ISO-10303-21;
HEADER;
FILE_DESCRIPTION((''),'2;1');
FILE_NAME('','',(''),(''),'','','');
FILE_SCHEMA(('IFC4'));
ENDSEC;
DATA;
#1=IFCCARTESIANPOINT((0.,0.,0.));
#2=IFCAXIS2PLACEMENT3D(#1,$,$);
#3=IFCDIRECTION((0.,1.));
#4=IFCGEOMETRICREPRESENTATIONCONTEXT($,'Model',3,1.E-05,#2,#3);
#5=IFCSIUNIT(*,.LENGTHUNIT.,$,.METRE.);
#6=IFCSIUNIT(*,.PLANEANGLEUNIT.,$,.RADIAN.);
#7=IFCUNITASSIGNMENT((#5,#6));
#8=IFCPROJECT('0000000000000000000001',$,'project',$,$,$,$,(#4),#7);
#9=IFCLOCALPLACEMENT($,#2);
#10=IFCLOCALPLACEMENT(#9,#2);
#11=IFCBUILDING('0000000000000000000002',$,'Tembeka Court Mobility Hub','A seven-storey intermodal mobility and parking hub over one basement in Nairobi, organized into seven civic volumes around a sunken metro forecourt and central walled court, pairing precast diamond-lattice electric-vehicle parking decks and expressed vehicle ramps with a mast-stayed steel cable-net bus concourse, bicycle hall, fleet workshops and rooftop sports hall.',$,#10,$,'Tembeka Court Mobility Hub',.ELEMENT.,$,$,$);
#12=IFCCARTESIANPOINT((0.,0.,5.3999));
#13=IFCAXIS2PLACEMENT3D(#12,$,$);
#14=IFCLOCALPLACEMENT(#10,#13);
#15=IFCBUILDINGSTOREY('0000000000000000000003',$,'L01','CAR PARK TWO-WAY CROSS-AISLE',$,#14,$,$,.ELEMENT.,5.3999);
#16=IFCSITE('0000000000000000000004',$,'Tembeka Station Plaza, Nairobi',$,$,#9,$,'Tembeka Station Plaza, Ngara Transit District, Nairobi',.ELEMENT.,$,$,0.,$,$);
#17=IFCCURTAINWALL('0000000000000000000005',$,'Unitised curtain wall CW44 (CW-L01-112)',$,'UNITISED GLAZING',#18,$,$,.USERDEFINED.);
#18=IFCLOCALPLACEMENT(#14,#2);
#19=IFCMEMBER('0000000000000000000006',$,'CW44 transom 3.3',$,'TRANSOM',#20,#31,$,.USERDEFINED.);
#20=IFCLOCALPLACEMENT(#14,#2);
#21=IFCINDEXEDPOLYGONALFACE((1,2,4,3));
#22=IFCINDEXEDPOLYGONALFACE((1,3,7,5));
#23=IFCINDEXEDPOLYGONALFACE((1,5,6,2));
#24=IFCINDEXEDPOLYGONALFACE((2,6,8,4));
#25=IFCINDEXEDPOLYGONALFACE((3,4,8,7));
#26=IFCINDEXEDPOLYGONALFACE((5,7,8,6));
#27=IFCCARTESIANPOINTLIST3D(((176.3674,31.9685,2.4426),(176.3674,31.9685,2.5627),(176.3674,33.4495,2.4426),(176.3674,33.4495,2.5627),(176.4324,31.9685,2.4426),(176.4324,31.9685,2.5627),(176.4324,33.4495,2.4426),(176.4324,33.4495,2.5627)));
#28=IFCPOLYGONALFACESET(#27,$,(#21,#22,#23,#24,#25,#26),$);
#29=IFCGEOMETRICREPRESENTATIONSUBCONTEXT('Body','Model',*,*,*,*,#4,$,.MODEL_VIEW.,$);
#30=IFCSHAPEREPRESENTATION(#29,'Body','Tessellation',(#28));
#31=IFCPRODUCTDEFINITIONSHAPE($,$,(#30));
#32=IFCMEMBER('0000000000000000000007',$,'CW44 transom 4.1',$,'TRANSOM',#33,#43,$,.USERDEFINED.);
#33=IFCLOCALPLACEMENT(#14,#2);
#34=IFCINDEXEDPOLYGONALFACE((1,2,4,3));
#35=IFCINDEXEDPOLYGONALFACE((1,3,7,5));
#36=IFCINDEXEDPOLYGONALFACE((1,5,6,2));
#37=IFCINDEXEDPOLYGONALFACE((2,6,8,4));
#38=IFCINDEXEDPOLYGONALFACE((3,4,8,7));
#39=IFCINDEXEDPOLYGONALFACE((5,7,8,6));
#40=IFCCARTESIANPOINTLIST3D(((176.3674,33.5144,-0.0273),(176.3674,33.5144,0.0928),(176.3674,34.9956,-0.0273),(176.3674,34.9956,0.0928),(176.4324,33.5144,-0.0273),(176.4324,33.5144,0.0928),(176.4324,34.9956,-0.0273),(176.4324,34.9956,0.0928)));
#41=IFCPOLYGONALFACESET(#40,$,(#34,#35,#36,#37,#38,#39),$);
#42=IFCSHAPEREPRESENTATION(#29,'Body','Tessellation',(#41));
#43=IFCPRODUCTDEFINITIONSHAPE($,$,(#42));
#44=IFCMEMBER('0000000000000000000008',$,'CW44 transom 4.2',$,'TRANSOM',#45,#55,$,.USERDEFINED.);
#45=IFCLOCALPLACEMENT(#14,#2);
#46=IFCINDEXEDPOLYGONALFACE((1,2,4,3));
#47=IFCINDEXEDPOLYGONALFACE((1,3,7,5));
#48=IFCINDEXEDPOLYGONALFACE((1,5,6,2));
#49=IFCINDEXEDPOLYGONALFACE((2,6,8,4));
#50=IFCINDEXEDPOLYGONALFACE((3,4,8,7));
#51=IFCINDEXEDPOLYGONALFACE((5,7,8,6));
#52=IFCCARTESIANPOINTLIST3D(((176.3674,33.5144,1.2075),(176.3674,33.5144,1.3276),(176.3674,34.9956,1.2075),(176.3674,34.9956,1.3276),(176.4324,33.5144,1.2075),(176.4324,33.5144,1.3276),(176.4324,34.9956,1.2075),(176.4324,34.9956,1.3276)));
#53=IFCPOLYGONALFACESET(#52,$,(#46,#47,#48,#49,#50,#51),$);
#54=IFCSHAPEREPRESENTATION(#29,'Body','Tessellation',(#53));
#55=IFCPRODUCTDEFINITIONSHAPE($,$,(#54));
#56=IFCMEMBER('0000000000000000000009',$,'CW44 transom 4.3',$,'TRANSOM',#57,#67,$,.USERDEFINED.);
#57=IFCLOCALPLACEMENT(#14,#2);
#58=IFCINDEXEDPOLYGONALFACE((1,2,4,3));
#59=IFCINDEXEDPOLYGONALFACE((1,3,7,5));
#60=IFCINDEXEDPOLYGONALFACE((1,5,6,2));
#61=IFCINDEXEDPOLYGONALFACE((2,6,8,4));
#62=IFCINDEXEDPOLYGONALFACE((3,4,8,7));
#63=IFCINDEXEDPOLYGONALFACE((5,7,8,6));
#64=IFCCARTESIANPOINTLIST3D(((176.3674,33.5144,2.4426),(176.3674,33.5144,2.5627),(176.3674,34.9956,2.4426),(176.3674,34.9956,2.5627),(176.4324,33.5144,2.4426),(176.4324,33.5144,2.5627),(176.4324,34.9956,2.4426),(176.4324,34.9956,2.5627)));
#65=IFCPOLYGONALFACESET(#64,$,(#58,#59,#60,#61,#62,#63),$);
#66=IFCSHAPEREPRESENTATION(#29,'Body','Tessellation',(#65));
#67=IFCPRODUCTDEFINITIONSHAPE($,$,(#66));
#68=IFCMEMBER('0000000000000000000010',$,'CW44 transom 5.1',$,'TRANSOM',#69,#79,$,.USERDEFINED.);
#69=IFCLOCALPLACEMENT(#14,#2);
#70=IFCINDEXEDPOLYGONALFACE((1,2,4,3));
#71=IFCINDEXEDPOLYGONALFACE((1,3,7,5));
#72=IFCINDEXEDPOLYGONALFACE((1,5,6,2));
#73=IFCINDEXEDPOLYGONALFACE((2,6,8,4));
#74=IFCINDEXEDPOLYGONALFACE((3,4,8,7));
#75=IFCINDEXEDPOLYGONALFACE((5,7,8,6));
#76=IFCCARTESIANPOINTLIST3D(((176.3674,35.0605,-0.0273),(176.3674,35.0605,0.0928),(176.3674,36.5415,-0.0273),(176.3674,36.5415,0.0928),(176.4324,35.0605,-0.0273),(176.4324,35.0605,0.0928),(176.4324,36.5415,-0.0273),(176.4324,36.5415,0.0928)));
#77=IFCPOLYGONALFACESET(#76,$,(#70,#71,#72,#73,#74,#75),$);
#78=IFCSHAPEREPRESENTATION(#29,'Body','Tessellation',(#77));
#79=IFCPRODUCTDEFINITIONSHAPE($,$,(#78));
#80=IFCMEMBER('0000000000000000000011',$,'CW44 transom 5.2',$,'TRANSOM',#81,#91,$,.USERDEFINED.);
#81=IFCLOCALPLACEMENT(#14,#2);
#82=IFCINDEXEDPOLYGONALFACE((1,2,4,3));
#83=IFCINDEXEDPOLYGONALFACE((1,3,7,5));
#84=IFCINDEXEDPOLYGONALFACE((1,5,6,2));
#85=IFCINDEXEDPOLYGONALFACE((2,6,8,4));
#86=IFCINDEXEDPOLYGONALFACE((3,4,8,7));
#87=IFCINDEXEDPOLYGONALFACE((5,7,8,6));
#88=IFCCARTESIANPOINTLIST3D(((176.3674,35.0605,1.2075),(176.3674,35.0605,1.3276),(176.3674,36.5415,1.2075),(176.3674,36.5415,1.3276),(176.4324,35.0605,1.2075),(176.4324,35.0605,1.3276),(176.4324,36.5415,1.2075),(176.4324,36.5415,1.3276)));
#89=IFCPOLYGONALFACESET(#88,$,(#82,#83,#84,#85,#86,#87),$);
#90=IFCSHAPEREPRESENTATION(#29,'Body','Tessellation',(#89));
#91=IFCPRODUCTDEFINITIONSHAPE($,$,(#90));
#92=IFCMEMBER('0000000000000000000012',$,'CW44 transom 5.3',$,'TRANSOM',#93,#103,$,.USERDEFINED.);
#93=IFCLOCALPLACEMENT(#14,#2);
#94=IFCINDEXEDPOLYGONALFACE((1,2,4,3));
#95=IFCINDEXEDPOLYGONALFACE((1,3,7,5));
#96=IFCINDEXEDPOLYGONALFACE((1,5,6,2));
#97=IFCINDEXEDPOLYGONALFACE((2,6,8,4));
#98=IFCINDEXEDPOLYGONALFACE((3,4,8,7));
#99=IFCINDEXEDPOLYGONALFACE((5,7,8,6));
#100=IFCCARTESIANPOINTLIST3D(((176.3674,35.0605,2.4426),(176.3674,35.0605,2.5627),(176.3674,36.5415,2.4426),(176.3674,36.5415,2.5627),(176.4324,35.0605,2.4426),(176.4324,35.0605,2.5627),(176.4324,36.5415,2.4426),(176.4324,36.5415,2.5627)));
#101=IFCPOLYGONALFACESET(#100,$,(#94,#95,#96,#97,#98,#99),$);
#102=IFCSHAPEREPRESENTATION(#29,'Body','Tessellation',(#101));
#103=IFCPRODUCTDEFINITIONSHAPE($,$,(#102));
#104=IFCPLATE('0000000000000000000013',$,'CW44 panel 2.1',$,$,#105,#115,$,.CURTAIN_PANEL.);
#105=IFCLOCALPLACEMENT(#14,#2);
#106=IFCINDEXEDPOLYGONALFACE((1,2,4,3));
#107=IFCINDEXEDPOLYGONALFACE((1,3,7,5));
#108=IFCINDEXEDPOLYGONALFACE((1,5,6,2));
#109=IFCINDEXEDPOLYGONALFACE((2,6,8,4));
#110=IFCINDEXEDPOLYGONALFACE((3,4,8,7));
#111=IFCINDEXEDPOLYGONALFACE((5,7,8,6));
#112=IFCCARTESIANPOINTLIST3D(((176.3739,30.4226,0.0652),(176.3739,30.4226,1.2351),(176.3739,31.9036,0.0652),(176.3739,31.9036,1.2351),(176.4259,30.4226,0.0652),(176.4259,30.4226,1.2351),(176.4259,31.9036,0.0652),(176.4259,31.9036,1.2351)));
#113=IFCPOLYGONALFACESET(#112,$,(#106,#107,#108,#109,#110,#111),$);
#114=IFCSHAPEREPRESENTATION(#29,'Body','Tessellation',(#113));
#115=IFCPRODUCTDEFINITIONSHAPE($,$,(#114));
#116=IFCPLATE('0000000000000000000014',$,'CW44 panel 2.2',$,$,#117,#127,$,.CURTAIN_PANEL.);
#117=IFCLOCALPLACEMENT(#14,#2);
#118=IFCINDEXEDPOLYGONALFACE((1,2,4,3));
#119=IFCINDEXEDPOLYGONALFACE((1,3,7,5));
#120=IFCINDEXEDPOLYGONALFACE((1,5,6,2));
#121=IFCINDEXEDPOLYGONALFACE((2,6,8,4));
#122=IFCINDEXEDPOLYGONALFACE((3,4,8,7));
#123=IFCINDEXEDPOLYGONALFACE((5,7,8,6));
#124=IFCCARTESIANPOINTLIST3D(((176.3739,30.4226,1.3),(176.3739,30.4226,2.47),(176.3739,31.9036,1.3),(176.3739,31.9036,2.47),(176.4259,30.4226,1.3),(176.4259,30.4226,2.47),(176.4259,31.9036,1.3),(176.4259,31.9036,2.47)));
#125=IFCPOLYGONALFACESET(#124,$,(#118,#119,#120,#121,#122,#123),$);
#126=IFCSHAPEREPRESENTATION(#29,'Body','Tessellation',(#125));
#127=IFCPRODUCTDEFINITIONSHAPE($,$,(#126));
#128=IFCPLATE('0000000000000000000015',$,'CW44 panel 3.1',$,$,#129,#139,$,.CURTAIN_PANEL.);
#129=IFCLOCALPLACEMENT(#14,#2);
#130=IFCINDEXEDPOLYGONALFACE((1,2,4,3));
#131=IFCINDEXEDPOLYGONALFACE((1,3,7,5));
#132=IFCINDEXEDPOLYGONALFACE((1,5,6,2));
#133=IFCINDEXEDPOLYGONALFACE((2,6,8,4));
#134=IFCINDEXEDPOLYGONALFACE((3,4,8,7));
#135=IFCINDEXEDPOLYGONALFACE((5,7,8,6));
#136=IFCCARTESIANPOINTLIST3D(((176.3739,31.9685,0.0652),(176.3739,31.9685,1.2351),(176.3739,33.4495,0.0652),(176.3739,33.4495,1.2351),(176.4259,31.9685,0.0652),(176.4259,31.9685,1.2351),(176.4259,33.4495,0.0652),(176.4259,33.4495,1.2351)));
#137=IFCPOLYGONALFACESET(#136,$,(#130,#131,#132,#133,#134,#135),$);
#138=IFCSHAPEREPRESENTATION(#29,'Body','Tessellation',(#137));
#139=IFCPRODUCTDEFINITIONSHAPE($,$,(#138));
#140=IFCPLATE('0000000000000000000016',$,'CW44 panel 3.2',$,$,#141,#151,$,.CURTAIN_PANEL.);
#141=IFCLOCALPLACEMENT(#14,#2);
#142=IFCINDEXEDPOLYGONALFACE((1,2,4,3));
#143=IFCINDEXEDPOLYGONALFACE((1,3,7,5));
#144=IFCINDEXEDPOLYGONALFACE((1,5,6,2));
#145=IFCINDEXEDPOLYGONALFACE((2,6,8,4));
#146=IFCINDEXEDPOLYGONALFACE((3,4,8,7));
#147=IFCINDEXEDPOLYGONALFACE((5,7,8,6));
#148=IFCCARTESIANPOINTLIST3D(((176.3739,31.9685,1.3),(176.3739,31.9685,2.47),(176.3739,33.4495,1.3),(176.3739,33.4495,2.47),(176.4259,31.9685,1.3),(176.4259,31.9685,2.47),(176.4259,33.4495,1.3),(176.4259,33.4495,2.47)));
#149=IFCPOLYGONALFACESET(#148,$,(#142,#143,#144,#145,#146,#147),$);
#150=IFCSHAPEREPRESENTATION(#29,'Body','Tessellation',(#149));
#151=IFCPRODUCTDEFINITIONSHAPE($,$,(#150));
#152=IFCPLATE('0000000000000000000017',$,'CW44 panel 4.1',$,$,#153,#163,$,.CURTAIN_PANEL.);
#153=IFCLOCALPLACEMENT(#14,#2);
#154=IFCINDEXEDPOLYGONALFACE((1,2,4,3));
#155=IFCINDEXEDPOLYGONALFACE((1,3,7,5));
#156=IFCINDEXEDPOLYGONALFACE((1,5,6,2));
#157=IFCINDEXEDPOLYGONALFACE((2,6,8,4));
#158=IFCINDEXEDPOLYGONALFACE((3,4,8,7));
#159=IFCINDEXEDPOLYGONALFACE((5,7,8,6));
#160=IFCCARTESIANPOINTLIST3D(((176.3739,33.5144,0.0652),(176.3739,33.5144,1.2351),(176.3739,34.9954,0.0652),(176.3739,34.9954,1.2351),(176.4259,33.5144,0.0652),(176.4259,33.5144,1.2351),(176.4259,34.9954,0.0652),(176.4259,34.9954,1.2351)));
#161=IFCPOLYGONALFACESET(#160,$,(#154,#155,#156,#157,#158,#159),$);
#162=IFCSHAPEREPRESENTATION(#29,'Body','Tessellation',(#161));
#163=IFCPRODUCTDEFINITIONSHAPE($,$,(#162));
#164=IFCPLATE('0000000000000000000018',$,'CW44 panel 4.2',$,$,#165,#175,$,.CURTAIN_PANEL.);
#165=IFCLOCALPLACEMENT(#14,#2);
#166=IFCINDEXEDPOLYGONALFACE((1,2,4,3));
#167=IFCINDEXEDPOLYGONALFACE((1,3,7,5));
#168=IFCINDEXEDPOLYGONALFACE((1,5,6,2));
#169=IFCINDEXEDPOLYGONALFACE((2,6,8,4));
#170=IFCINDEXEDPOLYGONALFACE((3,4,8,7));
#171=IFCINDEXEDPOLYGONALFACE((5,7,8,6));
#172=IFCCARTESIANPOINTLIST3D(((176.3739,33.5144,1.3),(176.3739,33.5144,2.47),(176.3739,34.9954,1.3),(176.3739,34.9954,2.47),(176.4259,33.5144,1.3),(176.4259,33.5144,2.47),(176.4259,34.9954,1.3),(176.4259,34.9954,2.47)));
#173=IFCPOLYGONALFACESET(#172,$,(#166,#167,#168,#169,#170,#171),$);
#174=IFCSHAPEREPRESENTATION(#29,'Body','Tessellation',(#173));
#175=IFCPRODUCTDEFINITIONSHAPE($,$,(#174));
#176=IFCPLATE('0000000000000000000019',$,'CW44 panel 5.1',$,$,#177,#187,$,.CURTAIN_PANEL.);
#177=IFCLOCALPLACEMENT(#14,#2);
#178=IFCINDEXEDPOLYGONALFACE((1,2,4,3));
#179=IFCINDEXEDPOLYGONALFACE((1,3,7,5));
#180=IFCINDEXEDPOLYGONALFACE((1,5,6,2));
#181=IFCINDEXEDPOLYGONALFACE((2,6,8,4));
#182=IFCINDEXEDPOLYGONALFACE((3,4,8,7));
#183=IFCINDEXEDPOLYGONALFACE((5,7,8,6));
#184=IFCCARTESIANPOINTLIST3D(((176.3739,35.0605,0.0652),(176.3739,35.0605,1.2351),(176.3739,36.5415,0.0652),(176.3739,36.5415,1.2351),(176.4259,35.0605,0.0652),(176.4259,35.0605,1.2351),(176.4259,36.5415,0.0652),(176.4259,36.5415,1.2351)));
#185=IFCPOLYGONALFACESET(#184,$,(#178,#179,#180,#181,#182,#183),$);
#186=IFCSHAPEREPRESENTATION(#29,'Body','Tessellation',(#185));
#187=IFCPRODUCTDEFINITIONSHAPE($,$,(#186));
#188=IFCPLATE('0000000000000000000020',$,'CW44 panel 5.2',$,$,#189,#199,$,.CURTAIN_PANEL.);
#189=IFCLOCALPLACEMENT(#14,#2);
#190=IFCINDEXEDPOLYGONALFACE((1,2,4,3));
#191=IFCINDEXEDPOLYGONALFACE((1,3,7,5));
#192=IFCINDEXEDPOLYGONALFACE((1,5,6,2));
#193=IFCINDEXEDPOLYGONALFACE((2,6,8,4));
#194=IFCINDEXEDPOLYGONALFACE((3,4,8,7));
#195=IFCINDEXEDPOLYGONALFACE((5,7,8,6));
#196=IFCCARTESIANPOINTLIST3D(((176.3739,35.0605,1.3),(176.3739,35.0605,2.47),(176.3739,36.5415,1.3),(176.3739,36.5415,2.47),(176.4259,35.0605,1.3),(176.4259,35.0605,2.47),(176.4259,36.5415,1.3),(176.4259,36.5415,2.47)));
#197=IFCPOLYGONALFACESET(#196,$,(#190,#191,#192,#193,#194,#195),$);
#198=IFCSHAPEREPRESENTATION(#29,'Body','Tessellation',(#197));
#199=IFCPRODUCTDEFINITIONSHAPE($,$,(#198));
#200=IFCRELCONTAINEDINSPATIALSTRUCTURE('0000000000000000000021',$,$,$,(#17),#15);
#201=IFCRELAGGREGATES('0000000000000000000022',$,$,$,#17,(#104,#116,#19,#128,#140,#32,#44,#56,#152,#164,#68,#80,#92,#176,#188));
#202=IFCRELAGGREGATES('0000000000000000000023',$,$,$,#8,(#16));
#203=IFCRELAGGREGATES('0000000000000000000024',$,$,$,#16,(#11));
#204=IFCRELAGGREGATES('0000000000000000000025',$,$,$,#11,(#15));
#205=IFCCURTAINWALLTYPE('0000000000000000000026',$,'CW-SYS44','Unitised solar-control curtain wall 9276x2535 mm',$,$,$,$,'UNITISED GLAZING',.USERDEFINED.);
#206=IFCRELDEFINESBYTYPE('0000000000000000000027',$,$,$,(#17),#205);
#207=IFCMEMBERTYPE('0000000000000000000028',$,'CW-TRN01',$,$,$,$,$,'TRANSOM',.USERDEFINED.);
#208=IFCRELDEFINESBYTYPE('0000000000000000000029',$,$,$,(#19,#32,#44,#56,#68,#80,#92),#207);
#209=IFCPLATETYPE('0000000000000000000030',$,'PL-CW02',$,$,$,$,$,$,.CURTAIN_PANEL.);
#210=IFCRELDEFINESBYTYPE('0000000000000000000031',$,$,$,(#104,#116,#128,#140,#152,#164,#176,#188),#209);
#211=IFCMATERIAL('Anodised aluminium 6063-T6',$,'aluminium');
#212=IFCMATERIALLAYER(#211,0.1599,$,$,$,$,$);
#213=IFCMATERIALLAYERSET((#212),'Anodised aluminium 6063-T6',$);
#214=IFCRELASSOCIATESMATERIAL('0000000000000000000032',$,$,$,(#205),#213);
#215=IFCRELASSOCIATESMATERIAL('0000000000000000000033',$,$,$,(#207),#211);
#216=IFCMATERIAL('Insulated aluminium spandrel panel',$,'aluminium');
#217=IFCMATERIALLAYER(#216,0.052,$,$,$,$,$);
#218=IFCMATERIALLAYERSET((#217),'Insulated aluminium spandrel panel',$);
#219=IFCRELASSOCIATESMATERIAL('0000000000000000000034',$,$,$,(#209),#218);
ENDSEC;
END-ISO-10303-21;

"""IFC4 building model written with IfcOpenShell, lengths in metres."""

from ifc_helpers import new_model, si_unit, direction, frame, origin, origin_2d, place, context, subcontext, project, spatial, rectangle, extrude, material, layer, layer_set, material_profile, profile_set, type_object, element, aggregate, save


model = new_model("IFC4")

# Units and contexts
model_context = context("Model", 3, precision=1e-05, world=origin(), true_north=direction((0.0, 1.0)))
body_context = subcontext(model_context, "Body", "Model", "MODEL_VIEW")
ifc_project = project(units=[si_unit("LENGTHUNIT", "METRE"), si_unit("PLANEANGLEUNIT", "RADIAN")], contexts=[model_context])

# Site, building, storey
site_placement = place(None, origin())
site = spatial("IfcSite", under=ifc_project, at=site_placement, Name="Tembeka Station Plaza, Nairobi", LongName="Tembeka Station Plaza, Ngara Transit District, Nairobi", CompositionType="ELEMENT", RefElevation=0.0)
building_placement = place(site_placement, origin())
building = spatial("IfcBuilding", under=site, at=building_placement, Name="Tembeka Court Mobility Hub", Description="A seven-storey intermodal mobility and parking hub over one basement in Nairobi, organized into seven civic volumes around a sunken metro forecourt and central walled court, pairing precast diamond-lattice electric-vehicle parking decks and expressed vehicle ramps with a mast-stayed steel cable-net bus concourse, bicycle hall, fleet workshops and rooftop sports hall.", LongName="Tembeka Court Mobility Hub", CompositionType="ELEMENT")
storey_placement = place(building_placement, frame((0.0, 0.0, 5.3999)))
storey = spatial("IfcBuildingStorey", under=building, at=storey_placement, Name="L01", Description="CAR PARK TWO-WAY CROSS-AISLE", CompositionType="ELEMENT", Elevation=5.3999)

# Curtain wall, members, plates
ifc_material_1 = material(Name="Anodised aluminium 6063-T6", Category="aluminium")
ifc_layer_1 = layer(ifc_material_1, 0.1599)
ifc_layer_set_1 = layer_set([ifc_layer_1], Name="Anodised aluminium 6063-T6")
curtain_wall_type = type_object("IfcCurtainWallType", Name="CW-SYS44", Description="Unitised solar-control curtain wall 9276x2535 mm", ElementType="UNITISED GLAZING", PredefinedType="USERDEFINED", material=ifc_layer_set_1)
curtain_wall_placement = place(storey_placement, origin())
curtain_wall = element("IfcCurtainWall", 1, at=curtain_wall_placement, inside=storey, type_object=curtain_wall_type, Name="Unitised curtain wall CW44 (CW-L01-112)", ObjectType="UNITISED GLAZING", PredefinedType="USERDEFINED")
ifc_material_profile_1 = material_profile(ifc_material_1, rectangle(XDim=0.0649, YDim=0.1201, at=origin_2d()), Name="ALU-TRN 65x120")
ifc_profile_set_1 = profile_set([ifc_material_profile_1], Name="Anodised aluminium 6063-T6")
member_type_1 = type_object("IfcMemberType", Name="CW-TRN01", ElementType="TRANSOM", PredefinedType="USERDEFINED", material=ifc_profile_set_1)
member_1_placement = place(storey_placement, frame((176.3999, 31.9685, 2.5027), z_axis=(0.0, 1.0, 0.0), x_axis=(-1.0, 0.0, 0.0)))
member_1 = element("IfcMember", 2, at=member_1_placement, type_object=member_type_1, Name="CW44 transom 3.3", ObjectType="TRANSOM", PredefinedType="USERDEFINED", context=body_context, shape_type="SweptSolid", body=[
    extrude(rectangle(XDim=0.0649, YDim=0.1201, at=origin_2d()), origin(), (0.0, 0.0, 1.0), 1.481),
])
member_2_placement = place(storey_placement, frame((176.3999, 33.5144, 0.0327), z_axis=(0.0, 1.0, 0.0), x_axis=(-1.0, 0.0, 0.0)))
member_2 = element("IfcMember", 3, at=member_2_placement, type_object=member_type_1, Name="CW44 transom 4.1", ObjectType="TRANSOM", PredefinedType="USERDEFINED", context=body_context, shape_type="SweptSolid", body=[
    extrude(rectangle(XDim=0.0649, YDim=0.1201, at=origin_2d()), origin(), (0.0, 0.0, 1.0), 1.4812),
])
member_3_placement = place(storey_placement, frame((176.3999, 33.5144, 1.2676), z_axis=(0.0, 1.0, 0.0), x_axis=(-1.0, 0.0, 0.0)))
member_3 = element("IfcMember", 4, at=member_3_placement, type_object=member_type_1, Name="CW44 transom 4.2", ObjectType="TRANSOM", PredefinedType="USERDEFINED", context=body_context, shape_type="SweptSolid", body=[
    extrude(rectangle(XDim=0.0649, YDim=0.1201, at=origin_2d()), origin(), (0.0, 0.0, 1.0), 1.4812),
])
member_4_placement = place(storey_placement, frame((176.3999, 33.5144, 2.5027), z_axis=(0.0, 1.0, 0.0), x_axis=(-1.0, 0.0, 0.0)))
member_4 = element("IfcMember", 5, at=member_4_placement, type_object=member_type_1, Name="CW44 transom 4.3", ObjectType="TRANSOM", PredefinedType="USERDEFINED", context=body_context, shape_type="SweptSolid", body=[
    extrude(rectangle(XDim=0.0649, YDim=0.1201, at=origin_2d()), origin(), (0.0, 0.0, 1.0), 1.4812),
])
member_5_placement = place(storey_placement, frame((176.3999, 35.0605, 0.0327), z_axis=(0.0, 1.0, 0.0), x_axis=(-1.0, 0.0, 0.0)))
member_5 = element("IfcMember", 6, at=member_5_placement, type_object=member_type_1, Name="CW44 transom 5.1", ObjectType="TRANSOM", PredefinedType="USERDEFINED", context=body_context, shape_type="SweptSolid", body=[
    extrude(rectangle(XDim=0.0649, YDim=0.1201, at=origin_2d()), origin(), (0.0, 0.0, 1.0), 1.481),
])
member_6_placement = place(storey_placement, frame((176.3999, 35.0605, 1.2676), z_axis=(0.0, 1.0, 0.0), x_axis=(-1.0, 0.0, 0.0)))
member_6 = element("IfcMember", 7, at=member_6_placement, type_object=member_type_1, Name="CW44 transom 5.2", ObjectType="TRANSOM", PredefinedType="USERDEFINED", context=body_context, shape_type="SweptSolid", body=[
    extrude(rectangle(XDim=0.0649, YDim=0.1201, at=origin_2d()), origin(), (0.0, 0.0, 1.0), 1.481),
])
member_7_placement = place(storey_placement, frame((176.3999, 35.0605, 2.5027), z_axis=(0.0, 1.0, 0.0), x_axis=(-1.0, 0.0, 0.0)))
member_7 = element("IfcMember", 8, at=member_7_placement, type_object=member_type_1, Name="CW44 transom 5.3", ObjectType="TRANSOM", PredefinedType="USERDEFINED", context=body_context, shape_type="SweptSolid", body=[
    extrude(rectangle(XDim=0.0649, YDim=0.1201, at=origin_2d()), origin(), (0.0, 0.0, 1.0), 1.481),
])
ifc_material_2 = material(Name="Insulated aluminium spandrel panel", Category="aluminium")
ifc_layer_2 = layer(ifc_material_2, 0.052)
ifc_layer_set_2 = layer_set([ifc_layer_2], Name="Insulated aluminium spandrel panel")
plate_type = type_object("IfcPlateType", Name="PL-CW02", PredefinedType="CURTAIN_PANEL", material=ifc_layer_set_2)
plate_1_placement = place(storey_placement, frame((176.3999, 31.1631, 0.0652), z_axis=(0.0, 0.0, 1.0), x_axis=(0.0, 1.0, 0.0)))
plate_1 = element("IfcPlate", 9, at=plate_1_placement, type_object=plate_type, Name="CW44 panel 2.1", PredefinedType="CURTAIN_PANEL", context=body_context, shape_type="SweptSolid", body=[
    extrude(rectangle(XDim=1.481, YDim=0.052, at=origin_2d()), origin(), (0.0, 0.0, 1.0), 1.1699),
])
plate_2_placement = place(storey_placement, frame((176.3999, 31.1631, 1.3), z_axis=(0.0, 0.0, 1.0), x_axis=(0.0, 1.0, 0.0)))
plate_2 = element("IfcPlate", 10, at=plate_2_placement, type_object=plate_type, Name="CW44 panel 2.2", PredefinedType="CURTAIN_PANEL", context=body_context, shape_type="SweptSolid", body=[
    extrude(rectangle(XDim=1.481, YDim=0.052, at=origin_2d()), origin(), (0.0, 0.0, 1.0), 1.1699),
])
plate_3_placement = place(storey_placement, frame((176.3999, 32.709, 0.0652), z_axis=(0.0, 0.0, 1.0), x_axis=(0.0, 1.0, 0.0)))
plate_3 = element("IfcPlate", 11, at=plate_3_placement, type_object=plate_type, Name="CW44 panel 3.1", PredefinedType="CURTAIN_PANEL", context=body_context, shape_type="SweptSolid", body=[
    extrude(rectangle(XDim=1.481, YDim=0.052, at=origin_2d()), origin(), (0.0, 0.0, 1.0), 1.1699),
])
plate_4_placement = place(storey_placement, frame((176.3999, 32.709, 1.3), z_axis=(0.0, 0.0, 1.0), x_axis=(0.0, 1.0, 0.0)))
plate_4 = element("IfcPlate", 12, at=plate_4_placement, type_object=plate_type, Name="CW44 panel 3.2", PredefinedType="CURTAIN_PANEL", context=body_context, shape_type="SweptSolid", body=[
    extrude(rectangle(XDim=1.481, YDim=0.052, at=origin_2d()), origin(), (0.0, 0.0, 1.0), 1.1699),
])
plate_5_placement = place(storey_placement, frame((176.3999, 34.2549, 0.0652), z_axis=(0.0, 0.0, 1.0), x_axis=(0.0, 1.0, 0.0)))
plate_5 = element("IfcPlate", 13, at=plate_5_placement, type_object=plate_type, Name="CW44 panel 4.1", PredefinedType="CURTAIN_PANEL", context=body_context, shape_type="SweptSolid", body=[
    extrude(rectangle(XDim=1.481, YDim=0.052, at=origin_2d()), origin(), (0.0, 0.0, 1.0), 1.1699),
])
plate_6_placement = place(storey_placement, frame((176.3999, 34.2549, 1.3), z_axis=(0.0, 0.0, 1.0), x_axis=(0.0, 1.0, 0.0)))
plate_6 = element("IfcPlate", 14, at=plate_6_placement, type_object=plate_type, Name="CW44 panel 4.2", PredefinedType="CURTAIN_PANEL", context=body_context, shape_type="SweptSolid", body=[
    extrude(rectangle(XDim=1.481, YDim=0.052, at=origin_2d()), origin(), (0.0, 0.0, 1.0), 1.1699),
])
plate_7_placement = place(storey_placement, frame((176.3999, 35.801, 0.0652), z_axis=(0.0, 0.0, 1.0), x_axis=(0.0, 1.0, 0.0)))
plate_7 = element("IfcPlate", 15, at=plate_7_placement, type_object=plate_type, Name="CW44 panel 5.1", PredefinedType="CURTAIN_PANEL", context=body_context, shape_type="SweptSolid", body=[
    extrude(rectangle(XDim=1.481, YDim=0.052, at=origin_2d()), origin(), (0.0, 0.0, 1.0), 1.1699),
])
plate_8_placement = place(storey_placement, frame((176.3999, 35.801, 1.3), z_axis=(0.0, 0.0, 1.0), x_axis=(0.0, 1.0, 0.0)))
plate_8 = element("IfcPlate", 16, at=plate_8_placement, type_object=plate_type, Name="CW44 panel 5.2", PredefinedType="CURTAIN_PANEL", context=body_context, shape_type="SweptSolid", body=[
    extrude(rectangle(XDim=1.481, YDim=0.052, at=origin_2d()), origin(), (0.0, 0.0, 1.0), 1.1699),
])
aggregate(curtain_wall, [plate_1, plate_2, member_1, plate_3, plate_4, member_2, member_3, member_4, plate_5, plate_6, member_5, member_6, member_7, plate_7, plate_8])

save(model, "model.ifc")
